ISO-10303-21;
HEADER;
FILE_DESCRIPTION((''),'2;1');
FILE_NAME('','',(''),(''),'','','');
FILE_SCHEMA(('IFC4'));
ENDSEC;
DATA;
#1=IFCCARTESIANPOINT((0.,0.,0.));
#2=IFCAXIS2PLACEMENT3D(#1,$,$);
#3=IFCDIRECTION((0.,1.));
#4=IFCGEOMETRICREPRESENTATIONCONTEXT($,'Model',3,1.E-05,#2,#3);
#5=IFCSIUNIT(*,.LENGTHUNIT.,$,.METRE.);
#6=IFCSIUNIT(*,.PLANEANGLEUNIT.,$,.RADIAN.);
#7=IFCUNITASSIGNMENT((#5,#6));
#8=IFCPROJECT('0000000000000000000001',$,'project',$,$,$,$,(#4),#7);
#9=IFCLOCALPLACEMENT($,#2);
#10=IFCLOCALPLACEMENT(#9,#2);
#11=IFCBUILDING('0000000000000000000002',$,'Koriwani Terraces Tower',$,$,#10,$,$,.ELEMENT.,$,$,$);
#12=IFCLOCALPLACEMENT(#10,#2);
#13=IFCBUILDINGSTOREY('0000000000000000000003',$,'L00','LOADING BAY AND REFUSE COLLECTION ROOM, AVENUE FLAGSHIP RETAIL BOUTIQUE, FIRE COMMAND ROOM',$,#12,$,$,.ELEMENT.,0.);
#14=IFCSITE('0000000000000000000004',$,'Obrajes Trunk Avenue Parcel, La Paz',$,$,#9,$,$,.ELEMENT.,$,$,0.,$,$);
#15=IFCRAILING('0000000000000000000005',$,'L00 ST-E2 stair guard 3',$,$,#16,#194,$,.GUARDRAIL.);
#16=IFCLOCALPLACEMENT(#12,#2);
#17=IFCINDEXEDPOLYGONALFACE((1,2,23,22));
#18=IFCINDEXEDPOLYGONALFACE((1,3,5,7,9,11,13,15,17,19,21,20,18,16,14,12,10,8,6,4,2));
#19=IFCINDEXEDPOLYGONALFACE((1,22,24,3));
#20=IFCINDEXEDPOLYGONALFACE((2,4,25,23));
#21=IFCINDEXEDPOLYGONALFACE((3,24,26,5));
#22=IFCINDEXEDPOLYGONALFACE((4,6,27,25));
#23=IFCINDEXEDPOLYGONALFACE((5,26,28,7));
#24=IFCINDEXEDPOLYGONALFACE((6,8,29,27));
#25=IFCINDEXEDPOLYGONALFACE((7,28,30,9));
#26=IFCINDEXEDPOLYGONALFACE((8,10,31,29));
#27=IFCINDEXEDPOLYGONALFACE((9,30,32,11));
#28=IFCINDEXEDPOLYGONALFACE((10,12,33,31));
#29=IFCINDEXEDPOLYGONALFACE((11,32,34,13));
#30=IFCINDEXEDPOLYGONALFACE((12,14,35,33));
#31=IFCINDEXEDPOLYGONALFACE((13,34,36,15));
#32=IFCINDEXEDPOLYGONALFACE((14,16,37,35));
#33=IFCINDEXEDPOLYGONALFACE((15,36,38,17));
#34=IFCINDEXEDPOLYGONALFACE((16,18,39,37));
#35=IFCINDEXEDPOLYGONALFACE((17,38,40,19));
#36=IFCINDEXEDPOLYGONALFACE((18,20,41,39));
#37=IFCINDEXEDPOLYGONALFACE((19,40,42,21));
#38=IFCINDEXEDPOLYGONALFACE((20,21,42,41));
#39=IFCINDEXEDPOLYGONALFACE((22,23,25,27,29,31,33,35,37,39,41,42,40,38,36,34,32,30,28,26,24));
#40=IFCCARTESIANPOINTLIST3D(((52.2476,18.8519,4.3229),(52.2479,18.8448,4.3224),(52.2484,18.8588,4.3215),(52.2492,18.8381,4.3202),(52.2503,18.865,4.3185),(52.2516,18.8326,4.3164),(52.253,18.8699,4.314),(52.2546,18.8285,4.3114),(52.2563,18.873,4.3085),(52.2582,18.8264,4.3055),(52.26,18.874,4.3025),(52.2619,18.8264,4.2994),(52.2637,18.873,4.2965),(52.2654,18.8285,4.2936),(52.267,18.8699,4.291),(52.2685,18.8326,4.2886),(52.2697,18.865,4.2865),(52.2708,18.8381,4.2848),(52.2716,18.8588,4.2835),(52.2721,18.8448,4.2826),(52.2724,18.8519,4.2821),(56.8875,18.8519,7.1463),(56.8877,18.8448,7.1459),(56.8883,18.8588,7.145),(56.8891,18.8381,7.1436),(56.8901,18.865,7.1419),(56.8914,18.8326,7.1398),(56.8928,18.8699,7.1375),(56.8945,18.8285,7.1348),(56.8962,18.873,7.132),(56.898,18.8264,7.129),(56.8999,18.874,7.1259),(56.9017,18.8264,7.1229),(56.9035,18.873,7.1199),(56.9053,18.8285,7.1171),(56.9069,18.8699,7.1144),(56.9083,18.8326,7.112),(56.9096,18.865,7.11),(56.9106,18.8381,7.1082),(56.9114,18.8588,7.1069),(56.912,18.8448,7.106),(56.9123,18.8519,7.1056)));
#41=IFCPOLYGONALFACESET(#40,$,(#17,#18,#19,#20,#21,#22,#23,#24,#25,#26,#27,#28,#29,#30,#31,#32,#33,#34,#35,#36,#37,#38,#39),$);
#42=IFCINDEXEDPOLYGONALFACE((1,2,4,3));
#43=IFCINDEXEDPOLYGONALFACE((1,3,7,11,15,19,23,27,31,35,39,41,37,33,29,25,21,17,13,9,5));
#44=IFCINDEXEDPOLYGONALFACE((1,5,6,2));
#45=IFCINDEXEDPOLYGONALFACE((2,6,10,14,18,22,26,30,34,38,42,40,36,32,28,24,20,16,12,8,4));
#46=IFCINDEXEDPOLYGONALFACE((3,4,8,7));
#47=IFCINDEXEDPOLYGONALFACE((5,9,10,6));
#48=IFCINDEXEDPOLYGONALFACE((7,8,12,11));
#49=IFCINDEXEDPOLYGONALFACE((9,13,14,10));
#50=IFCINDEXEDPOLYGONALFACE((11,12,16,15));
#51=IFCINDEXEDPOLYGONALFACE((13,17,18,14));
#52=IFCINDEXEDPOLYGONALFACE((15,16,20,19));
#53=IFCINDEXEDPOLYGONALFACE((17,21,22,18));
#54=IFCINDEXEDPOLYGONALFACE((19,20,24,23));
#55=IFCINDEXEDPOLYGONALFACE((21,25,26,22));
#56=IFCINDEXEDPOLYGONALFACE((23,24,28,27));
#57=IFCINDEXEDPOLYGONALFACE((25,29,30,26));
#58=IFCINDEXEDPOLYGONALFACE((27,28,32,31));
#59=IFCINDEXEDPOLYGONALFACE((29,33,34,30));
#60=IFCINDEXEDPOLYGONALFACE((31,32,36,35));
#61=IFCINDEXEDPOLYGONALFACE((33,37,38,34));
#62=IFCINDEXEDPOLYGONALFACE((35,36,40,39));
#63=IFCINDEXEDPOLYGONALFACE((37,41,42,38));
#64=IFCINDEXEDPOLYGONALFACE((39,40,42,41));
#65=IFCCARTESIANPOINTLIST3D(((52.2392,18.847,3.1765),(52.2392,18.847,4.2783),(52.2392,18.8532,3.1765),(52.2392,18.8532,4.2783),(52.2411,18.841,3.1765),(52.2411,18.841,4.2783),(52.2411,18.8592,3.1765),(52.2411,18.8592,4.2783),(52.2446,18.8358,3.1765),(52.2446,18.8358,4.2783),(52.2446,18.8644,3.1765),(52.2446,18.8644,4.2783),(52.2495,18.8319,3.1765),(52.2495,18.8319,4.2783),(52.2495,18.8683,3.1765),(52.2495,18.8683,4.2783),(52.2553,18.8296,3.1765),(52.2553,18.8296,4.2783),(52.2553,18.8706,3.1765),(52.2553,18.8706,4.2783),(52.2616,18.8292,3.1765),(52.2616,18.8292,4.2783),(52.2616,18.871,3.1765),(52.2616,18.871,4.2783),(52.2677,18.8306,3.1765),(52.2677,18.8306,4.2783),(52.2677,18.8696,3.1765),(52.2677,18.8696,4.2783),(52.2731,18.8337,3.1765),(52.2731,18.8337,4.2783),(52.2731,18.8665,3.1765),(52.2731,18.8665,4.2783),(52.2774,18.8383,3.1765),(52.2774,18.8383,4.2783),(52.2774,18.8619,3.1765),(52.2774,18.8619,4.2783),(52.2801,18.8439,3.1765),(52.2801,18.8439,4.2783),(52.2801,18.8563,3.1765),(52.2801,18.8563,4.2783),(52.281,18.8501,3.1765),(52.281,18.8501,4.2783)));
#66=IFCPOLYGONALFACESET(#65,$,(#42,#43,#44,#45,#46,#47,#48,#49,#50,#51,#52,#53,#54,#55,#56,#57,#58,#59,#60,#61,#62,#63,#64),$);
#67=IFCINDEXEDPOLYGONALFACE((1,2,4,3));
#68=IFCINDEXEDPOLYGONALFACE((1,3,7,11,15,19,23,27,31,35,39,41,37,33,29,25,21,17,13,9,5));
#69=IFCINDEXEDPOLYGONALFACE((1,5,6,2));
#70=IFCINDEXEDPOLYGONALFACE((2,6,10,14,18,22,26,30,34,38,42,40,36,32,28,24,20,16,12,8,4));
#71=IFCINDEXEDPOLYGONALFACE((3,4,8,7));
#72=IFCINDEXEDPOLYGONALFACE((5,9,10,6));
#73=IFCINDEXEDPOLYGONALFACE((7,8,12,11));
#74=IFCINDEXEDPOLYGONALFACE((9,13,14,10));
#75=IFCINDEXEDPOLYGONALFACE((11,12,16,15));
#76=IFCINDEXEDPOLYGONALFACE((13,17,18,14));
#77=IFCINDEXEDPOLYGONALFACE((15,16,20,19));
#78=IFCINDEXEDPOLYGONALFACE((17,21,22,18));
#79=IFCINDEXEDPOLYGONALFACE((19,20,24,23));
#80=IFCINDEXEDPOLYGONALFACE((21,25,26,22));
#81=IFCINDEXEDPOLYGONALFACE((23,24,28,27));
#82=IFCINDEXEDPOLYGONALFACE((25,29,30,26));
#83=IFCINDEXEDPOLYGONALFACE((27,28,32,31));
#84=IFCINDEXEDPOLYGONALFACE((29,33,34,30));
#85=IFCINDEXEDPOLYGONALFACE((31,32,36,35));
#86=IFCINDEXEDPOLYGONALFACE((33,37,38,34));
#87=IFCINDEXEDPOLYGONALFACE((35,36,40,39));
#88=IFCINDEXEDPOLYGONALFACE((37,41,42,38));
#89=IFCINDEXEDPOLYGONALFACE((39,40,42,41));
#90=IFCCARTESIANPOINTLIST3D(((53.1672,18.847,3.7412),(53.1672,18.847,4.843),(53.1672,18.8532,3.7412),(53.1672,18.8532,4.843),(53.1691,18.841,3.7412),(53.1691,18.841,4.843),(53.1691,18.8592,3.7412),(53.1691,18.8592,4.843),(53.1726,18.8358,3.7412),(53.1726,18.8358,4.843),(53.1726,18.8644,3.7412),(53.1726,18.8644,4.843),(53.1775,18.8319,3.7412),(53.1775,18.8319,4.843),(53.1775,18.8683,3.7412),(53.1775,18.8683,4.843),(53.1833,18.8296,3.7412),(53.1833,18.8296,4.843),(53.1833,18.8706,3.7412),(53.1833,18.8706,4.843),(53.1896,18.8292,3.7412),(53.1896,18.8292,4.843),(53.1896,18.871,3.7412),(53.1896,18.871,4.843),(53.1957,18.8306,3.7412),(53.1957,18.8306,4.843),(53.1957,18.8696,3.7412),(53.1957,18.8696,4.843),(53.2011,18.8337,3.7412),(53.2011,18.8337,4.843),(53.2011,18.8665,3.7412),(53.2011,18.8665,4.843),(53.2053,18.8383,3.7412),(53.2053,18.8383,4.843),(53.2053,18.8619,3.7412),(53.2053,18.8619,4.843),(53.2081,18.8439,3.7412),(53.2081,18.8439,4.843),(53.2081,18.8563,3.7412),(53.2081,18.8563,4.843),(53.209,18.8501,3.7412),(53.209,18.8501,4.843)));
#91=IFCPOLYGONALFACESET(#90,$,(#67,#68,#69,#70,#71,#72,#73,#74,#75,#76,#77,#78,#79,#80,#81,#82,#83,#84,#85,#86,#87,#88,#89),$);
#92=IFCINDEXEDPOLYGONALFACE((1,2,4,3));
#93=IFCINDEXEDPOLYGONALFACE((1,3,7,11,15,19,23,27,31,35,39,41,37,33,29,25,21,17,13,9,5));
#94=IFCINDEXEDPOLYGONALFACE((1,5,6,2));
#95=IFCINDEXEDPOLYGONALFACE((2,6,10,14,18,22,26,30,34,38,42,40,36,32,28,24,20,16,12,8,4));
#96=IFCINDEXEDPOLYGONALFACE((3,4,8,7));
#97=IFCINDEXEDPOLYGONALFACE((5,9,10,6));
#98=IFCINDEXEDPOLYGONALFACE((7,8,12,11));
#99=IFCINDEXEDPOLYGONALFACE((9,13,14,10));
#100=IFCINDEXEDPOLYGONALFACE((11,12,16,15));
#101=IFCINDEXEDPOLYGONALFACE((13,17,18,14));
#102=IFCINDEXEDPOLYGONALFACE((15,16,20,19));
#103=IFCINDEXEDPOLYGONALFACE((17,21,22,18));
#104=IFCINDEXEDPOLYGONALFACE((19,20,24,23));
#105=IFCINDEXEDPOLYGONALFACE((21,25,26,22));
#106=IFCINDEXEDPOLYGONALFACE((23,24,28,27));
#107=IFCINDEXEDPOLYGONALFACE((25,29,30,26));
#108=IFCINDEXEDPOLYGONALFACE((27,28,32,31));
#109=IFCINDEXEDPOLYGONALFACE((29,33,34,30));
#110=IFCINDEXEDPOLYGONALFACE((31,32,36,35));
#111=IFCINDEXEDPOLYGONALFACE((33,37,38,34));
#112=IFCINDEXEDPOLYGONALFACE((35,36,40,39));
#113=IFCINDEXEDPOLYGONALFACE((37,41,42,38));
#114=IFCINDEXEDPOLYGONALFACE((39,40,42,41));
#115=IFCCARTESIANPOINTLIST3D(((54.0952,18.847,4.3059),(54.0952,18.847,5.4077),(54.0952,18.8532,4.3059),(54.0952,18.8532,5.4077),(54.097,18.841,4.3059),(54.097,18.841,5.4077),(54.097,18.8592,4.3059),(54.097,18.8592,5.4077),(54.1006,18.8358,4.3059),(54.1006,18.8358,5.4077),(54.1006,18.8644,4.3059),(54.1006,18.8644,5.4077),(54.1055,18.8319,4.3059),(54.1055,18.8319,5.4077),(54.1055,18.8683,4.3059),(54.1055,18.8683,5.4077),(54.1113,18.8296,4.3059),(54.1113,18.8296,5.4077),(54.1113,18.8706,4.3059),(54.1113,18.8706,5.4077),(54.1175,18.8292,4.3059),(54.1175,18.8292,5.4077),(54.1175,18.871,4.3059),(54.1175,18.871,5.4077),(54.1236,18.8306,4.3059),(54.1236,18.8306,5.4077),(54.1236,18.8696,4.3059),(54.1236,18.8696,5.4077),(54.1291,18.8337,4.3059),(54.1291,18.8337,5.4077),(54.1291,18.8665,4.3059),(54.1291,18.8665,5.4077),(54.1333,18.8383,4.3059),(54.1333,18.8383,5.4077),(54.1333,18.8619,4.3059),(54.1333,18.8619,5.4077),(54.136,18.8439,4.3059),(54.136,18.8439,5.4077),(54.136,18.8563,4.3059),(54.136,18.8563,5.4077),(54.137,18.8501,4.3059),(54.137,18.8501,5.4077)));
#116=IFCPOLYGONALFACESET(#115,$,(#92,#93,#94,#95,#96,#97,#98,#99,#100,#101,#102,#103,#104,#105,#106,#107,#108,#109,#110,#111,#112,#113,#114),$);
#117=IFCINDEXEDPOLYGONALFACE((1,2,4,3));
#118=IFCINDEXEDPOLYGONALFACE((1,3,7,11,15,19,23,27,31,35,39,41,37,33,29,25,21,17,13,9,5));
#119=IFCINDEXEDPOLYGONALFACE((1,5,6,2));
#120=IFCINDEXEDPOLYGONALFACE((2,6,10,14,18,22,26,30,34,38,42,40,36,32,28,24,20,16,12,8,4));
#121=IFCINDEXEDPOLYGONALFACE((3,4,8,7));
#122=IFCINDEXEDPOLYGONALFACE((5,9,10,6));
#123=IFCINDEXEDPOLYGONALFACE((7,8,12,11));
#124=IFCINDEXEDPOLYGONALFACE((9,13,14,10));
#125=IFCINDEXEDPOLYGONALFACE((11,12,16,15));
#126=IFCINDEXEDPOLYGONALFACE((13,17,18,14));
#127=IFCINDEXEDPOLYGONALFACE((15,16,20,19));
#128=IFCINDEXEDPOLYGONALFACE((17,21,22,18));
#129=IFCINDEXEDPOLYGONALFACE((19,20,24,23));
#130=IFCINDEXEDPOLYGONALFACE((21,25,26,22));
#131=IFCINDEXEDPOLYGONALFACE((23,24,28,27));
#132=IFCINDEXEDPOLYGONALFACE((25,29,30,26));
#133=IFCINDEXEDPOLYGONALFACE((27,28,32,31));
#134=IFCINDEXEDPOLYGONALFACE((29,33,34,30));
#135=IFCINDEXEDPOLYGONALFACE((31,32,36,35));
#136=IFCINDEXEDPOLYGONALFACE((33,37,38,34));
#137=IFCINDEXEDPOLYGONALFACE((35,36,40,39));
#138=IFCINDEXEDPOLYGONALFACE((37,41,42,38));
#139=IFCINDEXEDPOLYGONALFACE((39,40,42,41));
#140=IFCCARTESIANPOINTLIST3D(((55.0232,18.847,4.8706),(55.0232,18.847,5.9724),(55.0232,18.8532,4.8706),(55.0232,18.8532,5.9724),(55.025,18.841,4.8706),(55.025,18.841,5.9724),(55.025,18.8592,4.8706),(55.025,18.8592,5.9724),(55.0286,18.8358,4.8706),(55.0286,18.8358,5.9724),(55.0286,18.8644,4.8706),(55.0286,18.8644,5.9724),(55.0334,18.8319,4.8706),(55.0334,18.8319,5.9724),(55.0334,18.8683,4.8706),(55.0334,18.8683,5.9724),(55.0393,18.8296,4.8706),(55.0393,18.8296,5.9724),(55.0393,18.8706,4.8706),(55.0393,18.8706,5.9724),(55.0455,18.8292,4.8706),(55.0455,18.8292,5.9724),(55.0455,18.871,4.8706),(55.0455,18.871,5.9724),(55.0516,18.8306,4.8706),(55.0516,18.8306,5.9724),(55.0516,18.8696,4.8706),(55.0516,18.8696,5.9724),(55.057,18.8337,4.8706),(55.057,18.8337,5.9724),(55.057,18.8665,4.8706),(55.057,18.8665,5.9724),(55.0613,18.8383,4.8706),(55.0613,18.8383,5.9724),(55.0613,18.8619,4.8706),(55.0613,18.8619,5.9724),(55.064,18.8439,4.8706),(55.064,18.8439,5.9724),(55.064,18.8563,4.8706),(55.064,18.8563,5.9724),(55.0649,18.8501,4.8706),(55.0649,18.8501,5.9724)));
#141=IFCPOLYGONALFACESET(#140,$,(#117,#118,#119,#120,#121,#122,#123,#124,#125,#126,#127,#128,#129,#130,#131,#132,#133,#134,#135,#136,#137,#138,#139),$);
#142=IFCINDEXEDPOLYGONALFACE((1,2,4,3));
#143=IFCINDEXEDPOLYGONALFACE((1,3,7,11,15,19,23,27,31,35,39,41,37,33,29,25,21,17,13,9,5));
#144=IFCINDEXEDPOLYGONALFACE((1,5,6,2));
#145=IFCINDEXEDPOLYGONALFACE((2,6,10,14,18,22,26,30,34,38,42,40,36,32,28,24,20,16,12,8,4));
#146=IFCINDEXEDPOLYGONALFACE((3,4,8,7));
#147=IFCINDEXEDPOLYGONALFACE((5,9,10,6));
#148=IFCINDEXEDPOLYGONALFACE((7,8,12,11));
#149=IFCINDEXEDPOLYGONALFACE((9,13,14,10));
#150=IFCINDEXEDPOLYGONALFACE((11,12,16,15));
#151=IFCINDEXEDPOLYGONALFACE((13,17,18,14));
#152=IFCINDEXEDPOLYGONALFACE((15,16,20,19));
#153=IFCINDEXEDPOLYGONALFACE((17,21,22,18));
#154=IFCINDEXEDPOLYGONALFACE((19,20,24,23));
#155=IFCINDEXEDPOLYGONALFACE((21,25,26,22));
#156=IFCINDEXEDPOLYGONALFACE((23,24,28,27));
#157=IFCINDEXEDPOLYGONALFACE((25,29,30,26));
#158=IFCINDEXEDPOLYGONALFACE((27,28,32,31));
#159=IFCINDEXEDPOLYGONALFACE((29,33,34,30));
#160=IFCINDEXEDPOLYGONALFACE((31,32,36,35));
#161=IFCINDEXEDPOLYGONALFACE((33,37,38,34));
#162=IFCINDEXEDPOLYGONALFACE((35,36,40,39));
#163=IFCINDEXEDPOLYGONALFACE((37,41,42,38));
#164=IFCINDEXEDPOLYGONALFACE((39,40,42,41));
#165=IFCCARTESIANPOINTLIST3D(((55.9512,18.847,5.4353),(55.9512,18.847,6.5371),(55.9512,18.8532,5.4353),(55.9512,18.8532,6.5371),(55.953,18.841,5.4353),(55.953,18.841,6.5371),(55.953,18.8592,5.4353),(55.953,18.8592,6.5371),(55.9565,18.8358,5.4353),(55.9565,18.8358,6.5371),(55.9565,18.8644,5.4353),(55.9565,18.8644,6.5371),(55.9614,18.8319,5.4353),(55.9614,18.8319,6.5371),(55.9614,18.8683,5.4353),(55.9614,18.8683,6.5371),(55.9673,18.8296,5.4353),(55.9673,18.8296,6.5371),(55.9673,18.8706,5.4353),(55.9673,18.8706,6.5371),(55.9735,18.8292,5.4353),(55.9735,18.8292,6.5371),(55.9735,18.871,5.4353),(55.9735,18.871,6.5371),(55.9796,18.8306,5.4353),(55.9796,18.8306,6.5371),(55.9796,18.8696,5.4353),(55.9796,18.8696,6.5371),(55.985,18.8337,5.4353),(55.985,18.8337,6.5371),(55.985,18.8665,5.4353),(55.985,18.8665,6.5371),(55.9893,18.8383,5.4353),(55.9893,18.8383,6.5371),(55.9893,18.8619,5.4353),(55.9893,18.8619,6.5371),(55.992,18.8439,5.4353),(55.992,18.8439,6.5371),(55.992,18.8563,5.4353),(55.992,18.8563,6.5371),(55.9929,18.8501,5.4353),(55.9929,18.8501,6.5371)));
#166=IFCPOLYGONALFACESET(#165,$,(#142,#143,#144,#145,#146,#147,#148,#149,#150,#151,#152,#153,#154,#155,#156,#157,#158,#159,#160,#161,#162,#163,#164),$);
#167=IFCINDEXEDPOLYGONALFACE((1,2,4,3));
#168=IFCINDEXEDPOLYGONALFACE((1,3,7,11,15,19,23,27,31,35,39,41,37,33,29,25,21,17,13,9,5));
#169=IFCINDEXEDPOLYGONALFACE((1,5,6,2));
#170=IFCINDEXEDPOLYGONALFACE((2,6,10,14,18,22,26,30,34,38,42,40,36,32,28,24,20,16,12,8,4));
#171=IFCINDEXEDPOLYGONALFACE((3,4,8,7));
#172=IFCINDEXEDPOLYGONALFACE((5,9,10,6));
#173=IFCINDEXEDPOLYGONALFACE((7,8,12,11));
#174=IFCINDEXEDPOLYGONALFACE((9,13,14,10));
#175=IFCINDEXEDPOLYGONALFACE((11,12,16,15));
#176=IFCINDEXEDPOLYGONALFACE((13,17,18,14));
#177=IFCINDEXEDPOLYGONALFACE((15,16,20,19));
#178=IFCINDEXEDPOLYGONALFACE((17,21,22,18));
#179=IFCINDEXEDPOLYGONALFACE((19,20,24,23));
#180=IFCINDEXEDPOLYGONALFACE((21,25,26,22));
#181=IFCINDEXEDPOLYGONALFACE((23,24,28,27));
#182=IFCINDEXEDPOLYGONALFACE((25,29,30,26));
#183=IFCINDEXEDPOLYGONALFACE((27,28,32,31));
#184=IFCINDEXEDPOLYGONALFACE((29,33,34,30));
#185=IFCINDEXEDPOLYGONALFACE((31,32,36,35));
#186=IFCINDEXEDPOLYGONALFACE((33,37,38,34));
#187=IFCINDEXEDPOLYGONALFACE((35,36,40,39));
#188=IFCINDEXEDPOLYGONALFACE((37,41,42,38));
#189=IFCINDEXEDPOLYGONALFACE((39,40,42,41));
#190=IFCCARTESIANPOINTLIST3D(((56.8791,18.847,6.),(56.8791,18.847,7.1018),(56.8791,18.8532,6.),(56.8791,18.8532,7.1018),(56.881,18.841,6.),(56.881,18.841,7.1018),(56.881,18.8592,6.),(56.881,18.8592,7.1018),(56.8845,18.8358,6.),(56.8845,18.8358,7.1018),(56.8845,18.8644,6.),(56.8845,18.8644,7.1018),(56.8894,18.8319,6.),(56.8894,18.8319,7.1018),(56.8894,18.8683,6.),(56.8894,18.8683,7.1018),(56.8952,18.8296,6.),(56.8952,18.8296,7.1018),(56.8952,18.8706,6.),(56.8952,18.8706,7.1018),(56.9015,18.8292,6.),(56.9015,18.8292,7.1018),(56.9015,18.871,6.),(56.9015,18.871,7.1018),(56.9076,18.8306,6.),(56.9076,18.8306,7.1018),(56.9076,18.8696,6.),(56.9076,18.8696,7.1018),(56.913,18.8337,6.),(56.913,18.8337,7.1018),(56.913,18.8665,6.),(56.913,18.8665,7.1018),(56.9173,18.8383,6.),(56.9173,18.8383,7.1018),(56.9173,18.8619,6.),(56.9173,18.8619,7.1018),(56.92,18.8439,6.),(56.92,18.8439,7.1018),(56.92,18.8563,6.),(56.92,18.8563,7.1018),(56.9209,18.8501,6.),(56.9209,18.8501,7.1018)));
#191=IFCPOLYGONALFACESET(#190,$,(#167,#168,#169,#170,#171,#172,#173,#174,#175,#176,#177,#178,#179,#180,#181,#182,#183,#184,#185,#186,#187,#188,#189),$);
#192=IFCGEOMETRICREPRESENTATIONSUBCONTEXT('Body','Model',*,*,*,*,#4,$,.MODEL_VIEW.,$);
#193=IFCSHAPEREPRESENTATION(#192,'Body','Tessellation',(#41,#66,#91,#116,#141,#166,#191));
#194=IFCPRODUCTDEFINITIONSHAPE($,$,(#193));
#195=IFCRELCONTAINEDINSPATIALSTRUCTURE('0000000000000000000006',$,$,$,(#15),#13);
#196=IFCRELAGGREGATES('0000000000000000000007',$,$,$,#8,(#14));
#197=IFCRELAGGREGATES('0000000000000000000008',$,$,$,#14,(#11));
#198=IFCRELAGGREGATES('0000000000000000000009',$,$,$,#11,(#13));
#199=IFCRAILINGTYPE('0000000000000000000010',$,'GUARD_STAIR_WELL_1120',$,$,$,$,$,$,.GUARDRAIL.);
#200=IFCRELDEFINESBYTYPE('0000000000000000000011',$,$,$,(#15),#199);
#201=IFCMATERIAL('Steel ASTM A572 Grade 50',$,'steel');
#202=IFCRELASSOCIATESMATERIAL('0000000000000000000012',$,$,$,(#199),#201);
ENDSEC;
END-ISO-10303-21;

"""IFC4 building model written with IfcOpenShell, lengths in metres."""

from ifc_helpers import new_model, si_unit, direction, frame, origin, origin_2d, place, context, subcontext, project, spatial, circle, extrude, material, type_object, element, save


model = new_model("IFC4")

# Units and contexts
model_context = context("Model", 3, precision=1e-05, world=origin(), true_north=direction((0.0, 1.0)))
body_context = subcontext(model_context, "Body", "Model", "MODEL_VIEW")
ifc_project = project(units=[si_unit("LENGTHUNIT", "METRE"), si_unit("PLANEANGLEUNIT", "RADIAN")], contexts=[model_context])

# Site, building, storey
site_placement = place(None, origin())
site = spatial("IfcSite", under=ifc_project, at=site_placement, Name="Obrajes Trunk Avenue Parcel, La Paz", CompositionType="ELEMENT", RefElevation=0.0)
building_placement = place(site_placement, origin())
building = spatial("IfcBuilding", under=site, at=building_placement, Name="Koriwani Terraces Tower", CompositionType="ELEMENT")
storey_placement = place(building_placement, origin())
storey = spatial("IfcBuildingStorey", under=building, at=storey_placement, Name="L00", Description="LOADING BAY AND REFUSE COLLECTION ROOM, AVENUE FLAGSHIP RETAIL BOUTIQUE, FIRE COMMAND ROOM", CompositionType="ELEMENT", Elevation=0.0)

# Shared definitions
ifc_material_1 = material(Name="Steel ASTM A572 Grade 50", Category="steel")

# Railing
railing_type_1 = type_object("IfcRailingType", Name="GUARD_STAIR_WELL_1120", PredefinedType="GUARDRAIL", material=ifc_material_1)
railing_1_placement = place(storey_placement, frame((52.26, 18.8501, 3.1765)))
element("IfcRailing", 1, at=railing_1_placement, inside=storey, type_object=railing_type_1, Name="L00 ST-E2 stair guard 3", PredefinedType="GUARDRAIL", context=body_context, shape_type="SweptSolid", body=[
    extrude(circle(Radius=0.0239, at=origin_2d()), frame((0.0, 0.0, 1.126), z_axis=(0.854264, 0.0, 0.51984), x_axis=(0.0, 1.0, 0.0)), (0.0, 0.0, 1.0), 5.4314),
    extrude(circle(Radius=0.021, at=origin_2d()), origin(), (0.0, 0.0, 1.0), 1.1018),
    extrude(circle(Radius=0.021, at=origin_2d()), frame((0.928, 0.0, 0.5647)), (0.0, 0.0, 1.0), 1.1018),
    extrude(circle(Radius=0.021, at=origin_2d()), frame((1.856, 0.0, 1.1294)), (0.0, 0.0, 1.0), 1.1018),
    extrude(circle(Radius=0.021, at=origin_2d()), frame((2.7839, 0.0, 1.6941)), (0.0, 0.0, 1.0), 1.1018),
    extrude(circle(Radius=0.021, at=origin_2d()), frame((3.7119, 0.0, 2.2588)), (0.0, 0.0, 1.0), 1.1018),
    extrude(circle(Radius=0.021, at=origin_2d()), frame((4.6399, 0.0, 2.8235)), (0.0, 0.0, 1.0), 1.1018),
])

save(model, "model.ifc")
